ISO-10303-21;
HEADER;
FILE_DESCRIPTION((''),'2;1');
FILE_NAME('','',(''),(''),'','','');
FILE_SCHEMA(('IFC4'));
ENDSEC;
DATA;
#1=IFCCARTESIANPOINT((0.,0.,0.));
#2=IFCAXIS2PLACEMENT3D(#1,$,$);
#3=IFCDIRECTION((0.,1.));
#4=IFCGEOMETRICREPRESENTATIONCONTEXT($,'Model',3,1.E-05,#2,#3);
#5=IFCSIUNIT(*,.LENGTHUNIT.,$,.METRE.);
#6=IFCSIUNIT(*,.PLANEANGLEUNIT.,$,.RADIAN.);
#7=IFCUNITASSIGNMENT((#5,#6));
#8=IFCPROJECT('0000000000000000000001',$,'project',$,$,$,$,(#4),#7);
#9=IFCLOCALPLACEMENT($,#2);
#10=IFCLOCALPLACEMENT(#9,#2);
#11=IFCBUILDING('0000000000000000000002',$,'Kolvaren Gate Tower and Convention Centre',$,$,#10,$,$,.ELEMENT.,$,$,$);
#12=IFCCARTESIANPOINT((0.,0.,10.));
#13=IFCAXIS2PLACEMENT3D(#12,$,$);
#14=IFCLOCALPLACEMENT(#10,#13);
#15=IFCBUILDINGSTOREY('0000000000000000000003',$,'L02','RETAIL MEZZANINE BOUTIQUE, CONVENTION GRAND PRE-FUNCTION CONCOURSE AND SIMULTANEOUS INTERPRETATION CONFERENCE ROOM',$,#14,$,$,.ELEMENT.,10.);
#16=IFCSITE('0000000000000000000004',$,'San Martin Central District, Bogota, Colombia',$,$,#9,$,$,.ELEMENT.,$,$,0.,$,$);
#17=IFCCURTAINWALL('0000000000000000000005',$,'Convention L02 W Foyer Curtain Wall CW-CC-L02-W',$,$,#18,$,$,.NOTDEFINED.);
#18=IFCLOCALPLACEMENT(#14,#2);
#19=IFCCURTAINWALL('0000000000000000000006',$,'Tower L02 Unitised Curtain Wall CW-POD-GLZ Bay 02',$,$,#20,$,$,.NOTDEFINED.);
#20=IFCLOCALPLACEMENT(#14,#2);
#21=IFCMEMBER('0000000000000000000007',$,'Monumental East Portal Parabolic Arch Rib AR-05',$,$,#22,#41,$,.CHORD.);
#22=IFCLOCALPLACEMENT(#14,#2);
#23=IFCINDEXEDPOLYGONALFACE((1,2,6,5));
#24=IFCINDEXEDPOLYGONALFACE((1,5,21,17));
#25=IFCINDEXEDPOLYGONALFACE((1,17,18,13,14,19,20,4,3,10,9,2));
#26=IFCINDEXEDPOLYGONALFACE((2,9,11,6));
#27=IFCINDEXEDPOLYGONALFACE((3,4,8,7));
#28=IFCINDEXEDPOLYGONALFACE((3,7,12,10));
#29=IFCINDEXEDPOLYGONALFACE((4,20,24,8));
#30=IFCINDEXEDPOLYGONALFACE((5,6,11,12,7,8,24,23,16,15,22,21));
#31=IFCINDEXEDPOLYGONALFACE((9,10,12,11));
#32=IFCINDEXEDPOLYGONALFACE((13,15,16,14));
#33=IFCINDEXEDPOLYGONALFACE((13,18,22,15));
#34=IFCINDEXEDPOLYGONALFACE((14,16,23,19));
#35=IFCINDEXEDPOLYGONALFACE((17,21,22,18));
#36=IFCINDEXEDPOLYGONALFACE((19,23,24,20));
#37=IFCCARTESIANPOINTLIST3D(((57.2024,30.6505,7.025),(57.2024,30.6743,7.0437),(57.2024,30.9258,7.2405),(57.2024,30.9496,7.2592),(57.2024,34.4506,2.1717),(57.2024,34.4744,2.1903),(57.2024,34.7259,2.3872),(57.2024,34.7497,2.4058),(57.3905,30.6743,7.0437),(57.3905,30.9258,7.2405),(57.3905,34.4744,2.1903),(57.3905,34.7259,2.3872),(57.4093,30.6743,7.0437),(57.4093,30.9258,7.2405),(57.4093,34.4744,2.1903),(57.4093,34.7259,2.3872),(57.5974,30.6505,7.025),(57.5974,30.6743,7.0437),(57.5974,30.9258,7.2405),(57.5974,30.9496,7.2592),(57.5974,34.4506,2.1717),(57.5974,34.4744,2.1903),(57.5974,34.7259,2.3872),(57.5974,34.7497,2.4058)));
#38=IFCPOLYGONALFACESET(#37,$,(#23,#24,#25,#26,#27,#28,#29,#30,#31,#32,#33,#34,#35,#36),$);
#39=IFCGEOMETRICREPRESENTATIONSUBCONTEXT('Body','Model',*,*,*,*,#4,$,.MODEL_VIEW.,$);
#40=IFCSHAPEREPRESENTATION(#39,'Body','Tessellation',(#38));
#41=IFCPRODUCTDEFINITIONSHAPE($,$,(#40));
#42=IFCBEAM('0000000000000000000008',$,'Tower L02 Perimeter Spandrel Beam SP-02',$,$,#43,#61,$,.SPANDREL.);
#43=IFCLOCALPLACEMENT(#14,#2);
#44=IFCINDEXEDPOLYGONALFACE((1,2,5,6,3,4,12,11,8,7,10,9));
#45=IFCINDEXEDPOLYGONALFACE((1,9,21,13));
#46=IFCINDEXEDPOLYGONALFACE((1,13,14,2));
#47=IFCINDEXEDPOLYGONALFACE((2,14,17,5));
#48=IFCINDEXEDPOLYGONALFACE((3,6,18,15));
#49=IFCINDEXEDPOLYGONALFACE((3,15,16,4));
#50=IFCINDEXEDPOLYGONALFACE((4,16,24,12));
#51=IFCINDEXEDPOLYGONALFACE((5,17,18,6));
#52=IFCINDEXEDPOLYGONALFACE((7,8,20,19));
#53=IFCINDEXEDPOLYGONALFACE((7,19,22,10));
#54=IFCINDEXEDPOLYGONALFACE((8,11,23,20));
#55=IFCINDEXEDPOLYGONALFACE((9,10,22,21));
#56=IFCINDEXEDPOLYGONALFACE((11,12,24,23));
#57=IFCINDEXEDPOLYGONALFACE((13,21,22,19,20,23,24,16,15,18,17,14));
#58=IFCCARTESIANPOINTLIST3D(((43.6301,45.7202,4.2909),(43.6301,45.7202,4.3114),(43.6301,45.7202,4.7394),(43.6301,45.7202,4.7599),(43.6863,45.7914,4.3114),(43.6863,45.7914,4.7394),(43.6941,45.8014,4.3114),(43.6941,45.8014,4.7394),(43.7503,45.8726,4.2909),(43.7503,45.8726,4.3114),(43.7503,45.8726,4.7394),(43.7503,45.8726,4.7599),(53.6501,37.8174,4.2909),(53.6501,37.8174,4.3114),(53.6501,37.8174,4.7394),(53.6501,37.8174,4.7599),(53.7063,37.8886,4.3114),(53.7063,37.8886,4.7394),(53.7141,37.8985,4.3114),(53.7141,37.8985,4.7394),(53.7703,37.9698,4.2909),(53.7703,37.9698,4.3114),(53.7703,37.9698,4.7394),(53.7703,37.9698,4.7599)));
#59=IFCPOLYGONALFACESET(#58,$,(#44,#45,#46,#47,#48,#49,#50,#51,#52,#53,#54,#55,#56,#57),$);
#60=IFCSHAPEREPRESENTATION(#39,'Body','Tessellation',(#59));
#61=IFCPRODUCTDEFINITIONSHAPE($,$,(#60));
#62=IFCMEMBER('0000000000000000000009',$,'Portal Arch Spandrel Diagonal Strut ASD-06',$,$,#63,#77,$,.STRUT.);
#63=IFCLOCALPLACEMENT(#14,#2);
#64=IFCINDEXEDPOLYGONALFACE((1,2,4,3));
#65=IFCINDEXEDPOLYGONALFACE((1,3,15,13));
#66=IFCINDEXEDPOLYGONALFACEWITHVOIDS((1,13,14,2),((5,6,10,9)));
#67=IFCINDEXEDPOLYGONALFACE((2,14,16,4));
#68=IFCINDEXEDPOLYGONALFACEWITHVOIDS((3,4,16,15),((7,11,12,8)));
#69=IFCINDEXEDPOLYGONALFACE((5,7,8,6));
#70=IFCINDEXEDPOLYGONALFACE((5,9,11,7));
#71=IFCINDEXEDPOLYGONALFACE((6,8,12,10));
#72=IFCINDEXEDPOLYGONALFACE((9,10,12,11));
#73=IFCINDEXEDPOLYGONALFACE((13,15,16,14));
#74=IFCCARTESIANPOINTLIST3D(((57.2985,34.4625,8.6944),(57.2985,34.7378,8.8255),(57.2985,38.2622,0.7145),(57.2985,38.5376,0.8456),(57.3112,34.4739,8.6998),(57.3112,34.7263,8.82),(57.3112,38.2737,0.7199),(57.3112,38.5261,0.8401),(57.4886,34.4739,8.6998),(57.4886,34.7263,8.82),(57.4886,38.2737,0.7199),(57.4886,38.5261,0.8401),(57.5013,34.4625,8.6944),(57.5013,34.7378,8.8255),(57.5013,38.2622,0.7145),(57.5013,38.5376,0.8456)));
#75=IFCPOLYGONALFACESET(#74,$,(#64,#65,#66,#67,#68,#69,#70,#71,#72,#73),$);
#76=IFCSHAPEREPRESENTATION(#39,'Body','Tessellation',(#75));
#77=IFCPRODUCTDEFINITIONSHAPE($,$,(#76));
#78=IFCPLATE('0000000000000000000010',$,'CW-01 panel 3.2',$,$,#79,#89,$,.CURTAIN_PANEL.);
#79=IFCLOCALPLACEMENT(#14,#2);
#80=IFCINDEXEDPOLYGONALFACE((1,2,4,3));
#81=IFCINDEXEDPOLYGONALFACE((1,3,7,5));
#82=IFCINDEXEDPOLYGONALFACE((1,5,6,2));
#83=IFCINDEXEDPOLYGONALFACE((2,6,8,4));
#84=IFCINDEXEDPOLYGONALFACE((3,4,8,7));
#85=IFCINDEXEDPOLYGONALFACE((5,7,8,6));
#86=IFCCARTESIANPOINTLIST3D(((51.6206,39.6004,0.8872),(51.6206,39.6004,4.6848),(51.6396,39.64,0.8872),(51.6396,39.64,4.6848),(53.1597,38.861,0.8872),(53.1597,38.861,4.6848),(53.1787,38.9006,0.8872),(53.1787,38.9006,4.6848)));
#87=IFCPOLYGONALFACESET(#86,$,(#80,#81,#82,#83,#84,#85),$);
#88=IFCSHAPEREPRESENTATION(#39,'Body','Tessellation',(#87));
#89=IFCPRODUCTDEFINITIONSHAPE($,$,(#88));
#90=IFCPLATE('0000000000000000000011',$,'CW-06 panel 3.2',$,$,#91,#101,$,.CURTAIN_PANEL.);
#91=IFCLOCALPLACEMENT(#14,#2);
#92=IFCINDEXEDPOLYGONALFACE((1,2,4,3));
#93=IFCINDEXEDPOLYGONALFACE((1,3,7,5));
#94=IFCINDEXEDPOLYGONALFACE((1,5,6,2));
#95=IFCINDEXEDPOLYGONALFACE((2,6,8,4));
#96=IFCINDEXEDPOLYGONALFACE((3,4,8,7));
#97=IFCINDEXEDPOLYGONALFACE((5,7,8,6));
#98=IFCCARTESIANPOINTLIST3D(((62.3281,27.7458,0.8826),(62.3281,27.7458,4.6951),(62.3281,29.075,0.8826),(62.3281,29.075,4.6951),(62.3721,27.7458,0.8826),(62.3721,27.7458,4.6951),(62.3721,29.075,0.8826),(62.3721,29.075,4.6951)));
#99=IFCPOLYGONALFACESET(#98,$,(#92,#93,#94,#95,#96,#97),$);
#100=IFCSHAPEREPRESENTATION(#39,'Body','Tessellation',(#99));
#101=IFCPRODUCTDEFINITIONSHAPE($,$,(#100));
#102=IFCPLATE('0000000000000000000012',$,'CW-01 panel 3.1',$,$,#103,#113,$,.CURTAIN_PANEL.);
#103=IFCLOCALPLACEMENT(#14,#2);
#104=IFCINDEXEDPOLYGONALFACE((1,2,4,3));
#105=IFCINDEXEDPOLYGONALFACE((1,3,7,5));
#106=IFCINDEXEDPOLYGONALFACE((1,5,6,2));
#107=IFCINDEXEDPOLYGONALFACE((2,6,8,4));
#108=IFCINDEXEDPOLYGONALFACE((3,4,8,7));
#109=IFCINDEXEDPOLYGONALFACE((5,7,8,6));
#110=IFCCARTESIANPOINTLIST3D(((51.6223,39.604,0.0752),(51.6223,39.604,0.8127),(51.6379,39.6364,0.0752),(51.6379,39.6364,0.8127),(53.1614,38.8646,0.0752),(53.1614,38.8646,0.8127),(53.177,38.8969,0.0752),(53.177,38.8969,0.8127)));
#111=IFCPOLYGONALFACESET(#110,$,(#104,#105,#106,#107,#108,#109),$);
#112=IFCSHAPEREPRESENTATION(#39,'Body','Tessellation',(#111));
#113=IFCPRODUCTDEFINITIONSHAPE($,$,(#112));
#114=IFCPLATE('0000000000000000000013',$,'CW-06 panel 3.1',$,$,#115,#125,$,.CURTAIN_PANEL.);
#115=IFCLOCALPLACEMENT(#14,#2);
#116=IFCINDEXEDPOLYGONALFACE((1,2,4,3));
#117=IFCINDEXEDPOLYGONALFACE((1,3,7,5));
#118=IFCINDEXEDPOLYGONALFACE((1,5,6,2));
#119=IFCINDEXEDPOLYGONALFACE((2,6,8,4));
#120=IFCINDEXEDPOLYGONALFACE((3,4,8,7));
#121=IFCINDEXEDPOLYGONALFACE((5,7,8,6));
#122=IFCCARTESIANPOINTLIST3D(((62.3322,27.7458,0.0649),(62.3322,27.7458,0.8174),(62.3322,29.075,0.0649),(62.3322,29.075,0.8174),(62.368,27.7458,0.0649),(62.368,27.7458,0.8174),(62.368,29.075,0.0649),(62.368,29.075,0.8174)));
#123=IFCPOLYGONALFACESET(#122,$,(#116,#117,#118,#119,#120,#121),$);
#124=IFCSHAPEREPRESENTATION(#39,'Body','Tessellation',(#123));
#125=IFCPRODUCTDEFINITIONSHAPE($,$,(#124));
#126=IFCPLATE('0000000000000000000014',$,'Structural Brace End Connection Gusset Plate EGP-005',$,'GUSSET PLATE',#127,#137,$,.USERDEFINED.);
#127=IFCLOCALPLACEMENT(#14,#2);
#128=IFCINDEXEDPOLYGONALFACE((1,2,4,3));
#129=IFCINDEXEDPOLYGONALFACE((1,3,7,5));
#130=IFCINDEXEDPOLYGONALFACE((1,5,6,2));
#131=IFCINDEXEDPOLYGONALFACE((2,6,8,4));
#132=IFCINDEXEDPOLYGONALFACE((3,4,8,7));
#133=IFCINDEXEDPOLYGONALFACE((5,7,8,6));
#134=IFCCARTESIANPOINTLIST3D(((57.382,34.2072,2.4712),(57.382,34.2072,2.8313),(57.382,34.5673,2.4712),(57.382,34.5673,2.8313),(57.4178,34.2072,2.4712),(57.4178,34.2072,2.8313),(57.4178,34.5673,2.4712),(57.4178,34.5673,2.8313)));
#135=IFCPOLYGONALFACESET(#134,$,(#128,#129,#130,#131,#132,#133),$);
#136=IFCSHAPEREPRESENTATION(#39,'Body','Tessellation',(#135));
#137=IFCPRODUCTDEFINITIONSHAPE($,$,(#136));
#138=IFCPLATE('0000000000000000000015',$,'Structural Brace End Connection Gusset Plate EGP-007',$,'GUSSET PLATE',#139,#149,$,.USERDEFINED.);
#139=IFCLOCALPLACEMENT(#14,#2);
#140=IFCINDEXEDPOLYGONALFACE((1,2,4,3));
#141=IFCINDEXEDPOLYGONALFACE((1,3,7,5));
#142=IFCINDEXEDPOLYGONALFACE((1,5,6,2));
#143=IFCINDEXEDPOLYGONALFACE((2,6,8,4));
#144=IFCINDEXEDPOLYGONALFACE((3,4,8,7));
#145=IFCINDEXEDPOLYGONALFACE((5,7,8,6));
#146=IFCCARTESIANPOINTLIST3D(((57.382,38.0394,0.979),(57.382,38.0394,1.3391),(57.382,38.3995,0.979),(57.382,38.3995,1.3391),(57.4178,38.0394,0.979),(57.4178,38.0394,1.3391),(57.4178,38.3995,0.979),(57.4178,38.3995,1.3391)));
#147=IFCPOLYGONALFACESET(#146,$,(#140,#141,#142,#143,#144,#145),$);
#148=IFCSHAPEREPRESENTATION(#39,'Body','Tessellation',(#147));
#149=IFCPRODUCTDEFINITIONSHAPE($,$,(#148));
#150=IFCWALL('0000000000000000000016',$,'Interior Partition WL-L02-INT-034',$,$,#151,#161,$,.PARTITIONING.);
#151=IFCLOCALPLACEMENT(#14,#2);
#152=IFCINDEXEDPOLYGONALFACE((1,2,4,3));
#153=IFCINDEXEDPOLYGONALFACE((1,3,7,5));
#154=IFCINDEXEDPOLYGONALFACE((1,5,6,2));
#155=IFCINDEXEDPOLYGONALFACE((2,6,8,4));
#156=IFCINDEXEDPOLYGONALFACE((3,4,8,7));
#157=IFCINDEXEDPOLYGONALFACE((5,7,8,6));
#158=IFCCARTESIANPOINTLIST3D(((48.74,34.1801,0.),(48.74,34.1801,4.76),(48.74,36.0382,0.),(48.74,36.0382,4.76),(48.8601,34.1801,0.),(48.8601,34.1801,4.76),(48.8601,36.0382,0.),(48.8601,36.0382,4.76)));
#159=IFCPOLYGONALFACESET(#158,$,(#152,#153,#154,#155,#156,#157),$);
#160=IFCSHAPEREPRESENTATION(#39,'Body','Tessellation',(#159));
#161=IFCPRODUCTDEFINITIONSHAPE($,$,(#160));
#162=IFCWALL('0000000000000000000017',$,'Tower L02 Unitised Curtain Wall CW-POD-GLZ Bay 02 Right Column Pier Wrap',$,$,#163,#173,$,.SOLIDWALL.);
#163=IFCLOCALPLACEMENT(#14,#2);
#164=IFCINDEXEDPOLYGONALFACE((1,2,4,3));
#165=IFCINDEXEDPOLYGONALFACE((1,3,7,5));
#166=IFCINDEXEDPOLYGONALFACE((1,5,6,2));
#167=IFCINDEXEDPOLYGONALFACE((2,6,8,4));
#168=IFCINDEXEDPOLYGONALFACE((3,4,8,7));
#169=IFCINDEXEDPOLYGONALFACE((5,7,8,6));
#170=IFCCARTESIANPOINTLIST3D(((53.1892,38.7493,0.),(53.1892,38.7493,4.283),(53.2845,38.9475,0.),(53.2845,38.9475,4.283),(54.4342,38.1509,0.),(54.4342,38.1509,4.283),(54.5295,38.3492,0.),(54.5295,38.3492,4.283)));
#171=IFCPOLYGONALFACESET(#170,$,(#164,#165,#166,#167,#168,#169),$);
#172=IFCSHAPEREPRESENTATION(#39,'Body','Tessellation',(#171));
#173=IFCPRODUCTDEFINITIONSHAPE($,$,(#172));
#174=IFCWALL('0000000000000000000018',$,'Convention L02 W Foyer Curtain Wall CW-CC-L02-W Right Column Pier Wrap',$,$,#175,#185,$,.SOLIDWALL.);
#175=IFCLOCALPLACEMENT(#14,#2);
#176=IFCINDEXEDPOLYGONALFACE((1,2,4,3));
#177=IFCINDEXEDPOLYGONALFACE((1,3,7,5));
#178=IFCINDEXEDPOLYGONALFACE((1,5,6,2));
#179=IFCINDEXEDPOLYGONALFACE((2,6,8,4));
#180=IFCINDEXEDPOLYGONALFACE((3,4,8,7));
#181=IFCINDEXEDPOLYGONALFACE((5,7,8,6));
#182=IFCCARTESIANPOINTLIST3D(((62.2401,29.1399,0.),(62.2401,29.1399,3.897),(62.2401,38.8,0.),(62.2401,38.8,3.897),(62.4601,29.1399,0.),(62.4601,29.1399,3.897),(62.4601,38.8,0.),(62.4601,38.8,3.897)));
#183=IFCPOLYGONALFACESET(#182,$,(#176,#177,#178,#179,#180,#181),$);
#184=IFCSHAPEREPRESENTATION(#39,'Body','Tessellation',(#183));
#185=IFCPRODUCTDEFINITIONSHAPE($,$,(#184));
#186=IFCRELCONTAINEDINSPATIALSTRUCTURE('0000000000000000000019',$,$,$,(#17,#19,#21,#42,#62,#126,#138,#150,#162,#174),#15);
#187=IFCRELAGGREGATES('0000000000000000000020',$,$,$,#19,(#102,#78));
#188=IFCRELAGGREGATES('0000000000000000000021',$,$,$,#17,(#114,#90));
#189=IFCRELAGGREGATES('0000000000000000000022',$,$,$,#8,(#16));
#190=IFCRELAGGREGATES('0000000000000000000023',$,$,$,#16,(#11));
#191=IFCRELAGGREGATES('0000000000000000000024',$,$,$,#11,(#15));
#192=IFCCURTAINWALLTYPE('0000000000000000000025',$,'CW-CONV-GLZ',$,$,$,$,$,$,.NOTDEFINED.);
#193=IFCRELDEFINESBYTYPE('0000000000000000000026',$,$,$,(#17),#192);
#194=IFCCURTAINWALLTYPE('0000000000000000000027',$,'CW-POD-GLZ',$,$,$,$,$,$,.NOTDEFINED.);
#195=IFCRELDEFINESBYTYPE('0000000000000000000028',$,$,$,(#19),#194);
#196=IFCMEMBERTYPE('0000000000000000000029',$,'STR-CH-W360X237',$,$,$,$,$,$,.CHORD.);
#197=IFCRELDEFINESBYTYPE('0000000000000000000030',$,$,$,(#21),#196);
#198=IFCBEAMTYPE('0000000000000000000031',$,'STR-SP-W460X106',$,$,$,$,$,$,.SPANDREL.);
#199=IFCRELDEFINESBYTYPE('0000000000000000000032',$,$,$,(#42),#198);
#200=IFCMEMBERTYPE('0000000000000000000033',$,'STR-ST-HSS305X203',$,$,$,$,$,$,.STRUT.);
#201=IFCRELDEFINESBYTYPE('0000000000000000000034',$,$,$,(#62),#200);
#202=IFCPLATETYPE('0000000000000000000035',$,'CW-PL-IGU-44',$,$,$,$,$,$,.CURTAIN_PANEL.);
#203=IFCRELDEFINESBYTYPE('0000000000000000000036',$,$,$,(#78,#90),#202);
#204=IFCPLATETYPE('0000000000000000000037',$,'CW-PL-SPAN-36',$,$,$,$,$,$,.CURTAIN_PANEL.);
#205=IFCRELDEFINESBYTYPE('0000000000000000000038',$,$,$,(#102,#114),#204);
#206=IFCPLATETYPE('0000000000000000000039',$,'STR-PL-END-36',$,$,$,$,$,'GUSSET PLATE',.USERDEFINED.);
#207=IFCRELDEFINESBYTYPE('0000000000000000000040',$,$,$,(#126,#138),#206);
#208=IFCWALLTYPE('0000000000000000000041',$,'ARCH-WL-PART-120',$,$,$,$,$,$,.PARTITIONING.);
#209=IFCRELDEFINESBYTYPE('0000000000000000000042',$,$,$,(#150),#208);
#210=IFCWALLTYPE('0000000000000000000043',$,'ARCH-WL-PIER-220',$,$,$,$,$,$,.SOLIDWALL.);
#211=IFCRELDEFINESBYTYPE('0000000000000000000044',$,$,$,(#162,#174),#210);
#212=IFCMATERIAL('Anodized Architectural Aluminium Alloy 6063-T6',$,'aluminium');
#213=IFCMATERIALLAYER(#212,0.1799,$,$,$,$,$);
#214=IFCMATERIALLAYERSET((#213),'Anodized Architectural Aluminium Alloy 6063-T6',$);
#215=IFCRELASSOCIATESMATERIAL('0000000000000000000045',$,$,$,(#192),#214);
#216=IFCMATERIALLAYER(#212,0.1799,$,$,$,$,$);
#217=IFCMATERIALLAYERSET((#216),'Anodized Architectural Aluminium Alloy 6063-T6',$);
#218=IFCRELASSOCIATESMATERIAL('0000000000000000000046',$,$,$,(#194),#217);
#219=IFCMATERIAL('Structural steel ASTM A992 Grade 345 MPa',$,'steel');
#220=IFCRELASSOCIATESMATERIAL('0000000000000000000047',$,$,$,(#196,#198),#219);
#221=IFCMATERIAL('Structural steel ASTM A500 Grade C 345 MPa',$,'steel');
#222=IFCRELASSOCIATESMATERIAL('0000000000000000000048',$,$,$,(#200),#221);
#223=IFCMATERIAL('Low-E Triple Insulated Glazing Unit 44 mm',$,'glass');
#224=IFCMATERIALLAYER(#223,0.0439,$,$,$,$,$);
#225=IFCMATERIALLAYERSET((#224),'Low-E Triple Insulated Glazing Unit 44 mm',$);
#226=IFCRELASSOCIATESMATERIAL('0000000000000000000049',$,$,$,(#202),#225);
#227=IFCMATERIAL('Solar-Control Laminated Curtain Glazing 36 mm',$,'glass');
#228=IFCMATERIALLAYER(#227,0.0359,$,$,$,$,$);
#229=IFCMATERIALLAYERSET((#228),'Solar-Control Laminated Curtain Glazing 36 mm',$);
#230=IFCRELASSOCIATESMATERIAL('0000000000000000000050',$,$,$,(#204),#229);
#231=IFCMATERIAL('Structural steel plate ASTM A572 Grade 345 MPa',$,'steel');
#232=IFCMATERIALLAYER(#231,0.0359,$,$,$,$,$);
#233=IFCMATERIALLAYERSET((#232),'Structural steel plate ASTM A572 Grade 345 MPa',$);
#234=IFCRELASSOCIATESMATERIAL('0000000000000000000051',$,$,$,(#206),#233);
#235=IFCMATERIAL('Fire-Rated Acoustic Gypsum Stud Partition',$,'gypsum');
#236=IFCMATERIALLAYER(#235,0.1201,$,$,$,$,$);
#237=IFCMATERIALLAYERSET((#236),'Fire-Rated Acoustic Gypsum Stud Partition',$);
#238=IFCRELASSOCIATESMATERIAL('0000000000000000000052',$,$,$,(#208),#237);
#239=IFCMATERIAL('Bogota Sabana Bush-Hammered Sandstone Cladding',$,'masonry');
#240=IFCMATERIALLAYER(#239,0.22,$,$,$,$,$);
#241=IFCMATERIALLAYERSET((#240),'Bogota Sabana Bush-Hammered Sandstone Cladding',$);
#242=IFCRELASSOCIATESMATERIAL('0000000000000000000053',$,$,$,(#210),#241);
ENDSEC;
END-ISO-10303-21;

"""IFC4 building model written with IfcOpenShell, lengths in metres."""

from ifc_helpers import new_model, si_unit, direction, frame, frame_2d, origin, origin_2d, place, context, subcontext, project, spatial, rectangle, hollow_rectangle, i_section, extrude, material, layer, layer_set, material_profile, profile_set, type_object, element, aggregate, save


model = new_model("IFC4")

# Units and contexts
model_context = context("Model", 3, precision=1e-05, world=origin(), true_north=direction((0.0, 1.0)))
body_context = subcontext(model_context, "Body", "Model", "MODEL_VIEW")
ifc_project = project(units=[si_unit("LENGTHUNIT", "METRE"), si_unit("PLANEANGLEUNIT", "RADIAN")], contexts=[model_context])

# Site, building, storey
site_placement = place(None, origin())
site = spatial("IfcSite", under=ifc_project, at=site_placement, Name="San Martin Central District, Bogota, Colombia", CompositionType="ELEMENT", RefElevation=0.0)
building_placement = place(site_placement, origin())
building = spatial("IfcBuilding", under=site, at=building_placement, Name="Kolvaren Gate Tower and Convention Centre", CompositionType="ELEMENT")
storey_placement = place(building_placement, frame((0.0, 0.0, 10.0)))
storey = spatial("IfcBuildingStorey", under=building, at=storey_placement, Name="L02", Description="RETAIL MEZZANINE BOUTIQUE, CONVENTION GRAND PRE-FUNCTION CONCOURSE AND SIMULTANEOUS INTERPRETATION CONFERENCE ROOM", CompositionType="ELEMENT", Elevation=10.0)

# Curtain walls
ifc_material_1 = material(Name="Anodized Architectural Aluminium Alloy 6063-T6", Category="aluminium")
ifc_layer_1 = layer(ifc_material_1, 0.1799)
ifc_layer_set_1 = layer_set([ifc_layer_1], Name="Anodized Architectural Aluminium Alloy 6063-T6")
curtain_wall_type_1 = type_object("IfcCurtainWallType", Name="CW-CONV-GLZ", PredefinedType="NOTDEFINED", material=ifc_layer_set_1)
curtain_wall_1_placement = place(storey_placement, origin())
curtain_wall_1 = element("IfcCurtainWall", 1, at=curtain_wall_1_placement, inside=storey, type_object=curtain_wall_type_1, Name="Convention L02 W Foyer Curtain Wall CW-CC-L02-W", PredefinedType="NOTDEFINED")
ifc_layer_2 = layer(ifc_material_1, 0.1799)
ifc_layer_set_2 = layer_set([ifc_layer_2], Name="Anodized Architectural Aluminium Alloy 6063-T6")
curtain_wall_type_2 = type_object("IfcCurtainWallType", Name="CW-POD-GLZ", PredefinedType="NOTDEFINED", material=ifc_layer_set_2)
curtain_wall_2_placement = place(storey_placement, origin())
curtain_wall_2 = element("IfcCurtainWall", 2, at=curtain_wall_2_placement, inside=storey, type_object=curtain_wall_type_2, Name="Tower L02 Unitised Curtain Wall CW-POD-GLZ Bay 02", PredefinedType="NOTDEFINED")

# Shared definitions
ifc_material_2 = material(Name="Structural steel ASTM A992 Grade 345 MPa", Category="steel")

# Member
ifc_material_profile_1 = material_profile(ifc_material_2, i_section(OverallWidth=0.395, OverallDepth=0.3799, WebThickness=0.0188, FlangeThickness=0.0303, at=origin_2d()), Name="W360X237")
ifc_profile_set_1 = profile_set([ifc_material_profile_1], Name="Structural steel ASTM A992 Grade 345 MPa")
member_type_1 = type_object("IfcMemberType", Name="STR-CH-W360X237", PredefinedType="CHORD", material=ifc_profile_set_1)
member_1_placement = place(storey_placement, frame((57.3999, 30.8, 7.1421), z_axis=(0.0, 0.616493, -0.78736), x_axis=(-1.0, 0.0, 0.0)))
element("IfcMember", 3, at=member_1_placement, inside=storey, type_object=member_type_1, Name="Monumental East Portal Parabolic Arch Rib AR-05", PredefinedType="CHORD", context=body_context, shape_type="SweptSolid", body=[
    extrude(i_section(OverallWidth=0.395, OverallDepth=0.3799, WebThickness=0.0188, FlangeThickness=0.0303, at=origin_2d()), origin(), (0.0, 0.0, 1.0), 6.1641),
])

# Beam
ifc_material_profile_2 = material_profile(ifc_material_2, i_section(OverallWidth=0.1941, OverallDepth=0.469, WebThickness=0.0127, FlangeThickness=0.0205, at=origin_2d()), Name="W460X106")
ifc_profile_set_2 = profile_set([ifc_material_profile_2], Name="Structural steel ASTM A992 Grade 345 MPa")
beam_type_1 = type_object("IfcBeamType", Name="STR-SP-W460X106", PredefinedType="SPANDREL", material=ifc_profile_set_2)
beam_1_placement = place(storey_placement, frame((53.7102, 37.8936, 4.5254), z_axis=(-0.785176, 0.619272, 0.0), x_axis=(-0.619272, -0.785176, 0.0)))
element("IfcBeam", 4, at=beam_1_placement, inside=storey, type_object=beam_type_1, Name="Tower L02 Perimeter Spandrel Beam SP-02", PredefinedType="SPANDREL", context=body_context, shape_type="SweptSolid", body=[
    extrude(i_section(OverallWidth=0.1941, OverallDepth=0.469, WebThickness=0.0127, FlangeThickness=0.0205, at=origin_2d()), origin(), (0.0, 0.0, 1.0), 12.7615),
])

# Member
ifc_material_3 = material(Name="Structural steel ASTM A500 Grade C 345 MPa", Category="steel")
ifc_material_profile_3 = material_profile(ifc_material_3, hollow_rectangle(XDim=0.2029, YDim=0.3049, WallThickness=0.0127, at=origin_2d()), Name="HSS305X203X12.7")
ifc_profile_set_3 = profile_set([ifc_material_profile_3], Name="Structural steel ASTM A500 Grade C 345 MPa")
member_type_2 = type_object("IfcMemberType", Name="STR-ST-HSS305X203", PredefinedType="STRUT", material=ifc_profile_set_3)
member_2_placement = place(storey_placement, frame((57.3999, 38.3999, 0.78), z_axis=(0.0, -0.429916, 0.902869), x_axis=(1.0, 0.0, 0.0)))
element("IfcMember", 5, at=member_2_placement, inside=storey, type_object=member_type_2, Name="Portal Arch Spandrel Diagonal Strut ASD-06", PredefinedType="STRUT", context=body_context, shape_type="SweptSolid", body=[
    extrude(hollow_rectangle(XDim=0.2029, YDim=0.3049, WallThickness=0.0127, at=origin_2d()), origin(), (0.0, 0.0, 1.0), 8.8384),
])

# Plates
ifc_material_4 = material(Name="Low-E Triple Insulated Glazing Unit 44 mm", Category="glass")
ifc_layer_3 = layer(ifc_material_4, 0.0439)
ifc_layer_set_3 = layer_set([ifc_layer_3], Name="Low-E Triple Insulated Glazing Unit 44 mm")
plate_type_1 = type_object("IfcPlateType", Name="CW-PL-IGU-44", PredefinedType="CURTAIN_PANEL", material=ifc_layer_set_3)
plate_1_placement = place(storey_placement, frame((52.3997, 39.2505, 0.8872), z_axis=(0.0, 0.0, 1.0), x_axis=(0.901364, -0.433063, 0.0)))
plate_1 = element("IfcPlate", 6, at=plate_1_placement, type_object=plate_type_1, Name="CW-01 panel 3.2", PredefinedType="CURTAIN_PANEL", context=body_context, shape_type="SweptSolid", body=[
    extrude(rectangle(XDim=1.7075, YDim=0.0439, at=origin_2d()), origin(), (0.0, 0.0, 1.0), 3.7976),
])
plate_2_placement = place(storey_placement, frame((62.3501, 28.4104, 0.8826), z_axis=(0.0, 0.0, 1.0), x_axis=(0.0, 1.0, 0.0)))
plate_2 = element("IfcPlate", 7, at=plate_2_placement, type_object=plate_type_1, Name="CW-06 panel 3.2", PredefinedType="CURTAIN_PANEL", context=body_context, shape_type="SweptSolid", body=[
    extrude(rectangle(XDim=1.3291, YDim=0.0439, at=origin_2d()), origin(), (0.0, 0.0, 1.0), 3.8125),
])
ifc_material_5 = material(Name="Solar-Control Laminated Curtain Glazing 36 mm", Category="glass")
ifc_layer_4 = layer(ifc_material_5, 0.0359)
ifc_layer_set_4 = layer_set([ifc_layer_4], Name="Solar-Control Laminated Curtain Glazing 36 mm")
plate_type_2 = type_object("IfcPlateType", Name="CW-PL-SPAN-36", PredefinedType="CURTAIN_PANEL", material=ifc_layer_set_4)
plate_3_placement = place(storey_placement, frame((52.3997, 39.2505, 0.0752), z_axis=(0.0, 0.0, 1.0), x_axis=(0.901364, -0.433063, 0.0)))
plate_3 = element("IfcPlate", 8, at=plate_3_placement, type_object=plate_type_2, Name="CW-01 panel 3.1", PredefinedType="CURTAIN_PANEL", context=body_context, shape_type="SweptSolid", body=[
    extrude(rectangle(XDim=1.7075, YDim=0.0359, at=origin_2d()), origin(), (0.0, 0.0, 1.0), 0.7375),
])
aggregate(curtain_wall_2, [plate_3, plate_1])
plate_4_placement = place(storey_placement, frame((62.3501, 28.4104, 0.0649), z_axis=(0.0, 0.0, 1.0), x_axis=(0.0, 1.0, 0.0)))
plate_4 = element("IfcPlate", 9, at=plate_4_placement, type_object=plate_type_2, Name="CW-06 panel 3.1", PredefinedType="CURTAIN_PANEL", context=body_context, shape_type="SweptSolid", body=[
    extrude(rectangle(XDim=1.3291, YDim=0.0359, at=origin_2d()), origin(), (0.0, 0.0, 1.0), 0.7524),
])
aggregate(curtain_wall_1, [plate_4, plate_2])

# Plates
ifc_material_6 = material(Name="Structural steel plate ASTM A572 Grade 345 MPa", Category="steel")
ifc_layer_5 = layer(ifc_material_6, 0.0359)
ifc_layer_set_5 = layer_set([ifc_layer_5], Name="Structural steel plate ASTM A572 Grade 345 MPa")
plate_type_3 = type_object("IfcPlateType", Name="STR-PL-END-36", ElementType="GUSSET PLATE", PredefinedType="USERDEFINED", material=ifc_layer_set_5)
for number, where, z_axis, x_axis, name in (
    (10, (57.3999, 34.3872, 2.4712), (0.0, 0.0, 1.0), (0.0, -1.0, 0.0), "Structural Brace End Connection Gusset Plate EGP-005"),
    (11, (57.3999, 38.2195, 0.979), (0.0, 0.0, 1.0), (0.0, -1.0, 0.0), "Structural Brace End Connection Gusset Plate EGP-007"),
):
    element("IfcPlate", number, at=place(storey_placement, frame(where, z_axis=z_axis, x_axis=x_axis)), inside=storey, type_object=plate_type_3, Name=name, ObjectType="GUSSET PLATE", PredefinedType="USERDEFINED", context=body_context, shape_type="SweptSolid", body=[
        extrude(rectangle(XDim=0.3601, YDim=0.0359, at=origin_2d()), origin(), (0.0, 0.0, 1.0), 0.3601),
    ])

# Walls
ifc_material_7 = material(Name="Fire-Rated Acoustic Gypsum Stud Partition", Category="gypsum")
ifc_layer_6 = layer(ifc_material_7, 0.1201)
ifc_layer_set_6 = layer_set([ifc_layer_6], Name="Fire-Rated Acoustic Gypsum Stud Partition")
wall_type_1 = type_object("IfcWallType", Name="ARCH-WL-PART-120", PredefinedType="PARTITIONING", material=ifc_layer_set_6)
wall_1_placement = place(storey_placement, frame((48.8, 34.1799, 0.0), z_axis=(0.0, 0.0, 1.0), x_axis=(0.0, 1.0, 0.0)))
element("IfcWall", 12, at=wall_1_placement, inside=storey, type_object=wall_type_1, Name="Interior Partition WL-L02-INT-034", PredefinedType="PARTITIONING", context=body_context, shape_type="SweptSolid", body=[
    extrude(rectangle(XDim=1.8582, YDim=0.1201, at=frame_2d((0.9292, 0.0))), origin(), (0.0, 0.0, 1.0), 4.76),
])
ifc_material_8 = material(Name="Bogota Sabana Bush-Hammered Sandstone Cladding", Category="masonry")
ifc_layer_7 = layer(ifc_material_8, 0.22)
ifc_layer_set_7 = layer_set([ifc_layer_7], Name="Bogota Sabana Bush-Hammered Sandstone Cladding")
wall_type_2 = type_object("IfcWallType", Name="ARCH-WL-PIER-220", PredefinedType="SOLIDWALL", material=ifc_layer_set_7)
wall_2_placement = place(storey_placement, frame((53.2368, 38.8484, 0.0), z_axis=(0.0, 0.0, 1.0), x_axis=(0.901316, -0.433162, 0.0)))
element("IfcWall", 13, at=wall_2_placement, inside=storey, type_object=wall_type_2, Name="Tower L02 Unitised Curtain Wall CW-POD-GLZ Bay 02 Right Column Pier Wrap", PredefinedType="SOLIDWALL", context=body_context, shape_type="SweptSolid", body=[
    extrude(rectangle(XDim=1.3813, YDim=0.22, at=frame_2d((0.6907, 0.0))), origin(), (0.0, 0.0, 1.0), 4.283),
])
wall_3_placement = place(storey_placement, frame((62.3501, 29.1399, 0.0), z_axis=(0.0, 0.0, 1.0), x_axis=(0.0, 1.0, 0.0)))
element("IfcWall", 14, at=wall_3_placement, inside=storey, type_object=wall_type_2, Name="Convention L02 W Foyer Curtain Wall CW-CC-L02-W Right Column Pier Wrap", PredefinedType="SOLIDWALL", context=body_context, shape_type="SweptSolid", body=[
    extrude(rectangle(XDim=9.6602, YDim=0.22, at=frame_2d((4.8301, 0.0))), origin(), (0.0, 0.0, 1.0), 3.897),
])

save(model, "model.ifc")
